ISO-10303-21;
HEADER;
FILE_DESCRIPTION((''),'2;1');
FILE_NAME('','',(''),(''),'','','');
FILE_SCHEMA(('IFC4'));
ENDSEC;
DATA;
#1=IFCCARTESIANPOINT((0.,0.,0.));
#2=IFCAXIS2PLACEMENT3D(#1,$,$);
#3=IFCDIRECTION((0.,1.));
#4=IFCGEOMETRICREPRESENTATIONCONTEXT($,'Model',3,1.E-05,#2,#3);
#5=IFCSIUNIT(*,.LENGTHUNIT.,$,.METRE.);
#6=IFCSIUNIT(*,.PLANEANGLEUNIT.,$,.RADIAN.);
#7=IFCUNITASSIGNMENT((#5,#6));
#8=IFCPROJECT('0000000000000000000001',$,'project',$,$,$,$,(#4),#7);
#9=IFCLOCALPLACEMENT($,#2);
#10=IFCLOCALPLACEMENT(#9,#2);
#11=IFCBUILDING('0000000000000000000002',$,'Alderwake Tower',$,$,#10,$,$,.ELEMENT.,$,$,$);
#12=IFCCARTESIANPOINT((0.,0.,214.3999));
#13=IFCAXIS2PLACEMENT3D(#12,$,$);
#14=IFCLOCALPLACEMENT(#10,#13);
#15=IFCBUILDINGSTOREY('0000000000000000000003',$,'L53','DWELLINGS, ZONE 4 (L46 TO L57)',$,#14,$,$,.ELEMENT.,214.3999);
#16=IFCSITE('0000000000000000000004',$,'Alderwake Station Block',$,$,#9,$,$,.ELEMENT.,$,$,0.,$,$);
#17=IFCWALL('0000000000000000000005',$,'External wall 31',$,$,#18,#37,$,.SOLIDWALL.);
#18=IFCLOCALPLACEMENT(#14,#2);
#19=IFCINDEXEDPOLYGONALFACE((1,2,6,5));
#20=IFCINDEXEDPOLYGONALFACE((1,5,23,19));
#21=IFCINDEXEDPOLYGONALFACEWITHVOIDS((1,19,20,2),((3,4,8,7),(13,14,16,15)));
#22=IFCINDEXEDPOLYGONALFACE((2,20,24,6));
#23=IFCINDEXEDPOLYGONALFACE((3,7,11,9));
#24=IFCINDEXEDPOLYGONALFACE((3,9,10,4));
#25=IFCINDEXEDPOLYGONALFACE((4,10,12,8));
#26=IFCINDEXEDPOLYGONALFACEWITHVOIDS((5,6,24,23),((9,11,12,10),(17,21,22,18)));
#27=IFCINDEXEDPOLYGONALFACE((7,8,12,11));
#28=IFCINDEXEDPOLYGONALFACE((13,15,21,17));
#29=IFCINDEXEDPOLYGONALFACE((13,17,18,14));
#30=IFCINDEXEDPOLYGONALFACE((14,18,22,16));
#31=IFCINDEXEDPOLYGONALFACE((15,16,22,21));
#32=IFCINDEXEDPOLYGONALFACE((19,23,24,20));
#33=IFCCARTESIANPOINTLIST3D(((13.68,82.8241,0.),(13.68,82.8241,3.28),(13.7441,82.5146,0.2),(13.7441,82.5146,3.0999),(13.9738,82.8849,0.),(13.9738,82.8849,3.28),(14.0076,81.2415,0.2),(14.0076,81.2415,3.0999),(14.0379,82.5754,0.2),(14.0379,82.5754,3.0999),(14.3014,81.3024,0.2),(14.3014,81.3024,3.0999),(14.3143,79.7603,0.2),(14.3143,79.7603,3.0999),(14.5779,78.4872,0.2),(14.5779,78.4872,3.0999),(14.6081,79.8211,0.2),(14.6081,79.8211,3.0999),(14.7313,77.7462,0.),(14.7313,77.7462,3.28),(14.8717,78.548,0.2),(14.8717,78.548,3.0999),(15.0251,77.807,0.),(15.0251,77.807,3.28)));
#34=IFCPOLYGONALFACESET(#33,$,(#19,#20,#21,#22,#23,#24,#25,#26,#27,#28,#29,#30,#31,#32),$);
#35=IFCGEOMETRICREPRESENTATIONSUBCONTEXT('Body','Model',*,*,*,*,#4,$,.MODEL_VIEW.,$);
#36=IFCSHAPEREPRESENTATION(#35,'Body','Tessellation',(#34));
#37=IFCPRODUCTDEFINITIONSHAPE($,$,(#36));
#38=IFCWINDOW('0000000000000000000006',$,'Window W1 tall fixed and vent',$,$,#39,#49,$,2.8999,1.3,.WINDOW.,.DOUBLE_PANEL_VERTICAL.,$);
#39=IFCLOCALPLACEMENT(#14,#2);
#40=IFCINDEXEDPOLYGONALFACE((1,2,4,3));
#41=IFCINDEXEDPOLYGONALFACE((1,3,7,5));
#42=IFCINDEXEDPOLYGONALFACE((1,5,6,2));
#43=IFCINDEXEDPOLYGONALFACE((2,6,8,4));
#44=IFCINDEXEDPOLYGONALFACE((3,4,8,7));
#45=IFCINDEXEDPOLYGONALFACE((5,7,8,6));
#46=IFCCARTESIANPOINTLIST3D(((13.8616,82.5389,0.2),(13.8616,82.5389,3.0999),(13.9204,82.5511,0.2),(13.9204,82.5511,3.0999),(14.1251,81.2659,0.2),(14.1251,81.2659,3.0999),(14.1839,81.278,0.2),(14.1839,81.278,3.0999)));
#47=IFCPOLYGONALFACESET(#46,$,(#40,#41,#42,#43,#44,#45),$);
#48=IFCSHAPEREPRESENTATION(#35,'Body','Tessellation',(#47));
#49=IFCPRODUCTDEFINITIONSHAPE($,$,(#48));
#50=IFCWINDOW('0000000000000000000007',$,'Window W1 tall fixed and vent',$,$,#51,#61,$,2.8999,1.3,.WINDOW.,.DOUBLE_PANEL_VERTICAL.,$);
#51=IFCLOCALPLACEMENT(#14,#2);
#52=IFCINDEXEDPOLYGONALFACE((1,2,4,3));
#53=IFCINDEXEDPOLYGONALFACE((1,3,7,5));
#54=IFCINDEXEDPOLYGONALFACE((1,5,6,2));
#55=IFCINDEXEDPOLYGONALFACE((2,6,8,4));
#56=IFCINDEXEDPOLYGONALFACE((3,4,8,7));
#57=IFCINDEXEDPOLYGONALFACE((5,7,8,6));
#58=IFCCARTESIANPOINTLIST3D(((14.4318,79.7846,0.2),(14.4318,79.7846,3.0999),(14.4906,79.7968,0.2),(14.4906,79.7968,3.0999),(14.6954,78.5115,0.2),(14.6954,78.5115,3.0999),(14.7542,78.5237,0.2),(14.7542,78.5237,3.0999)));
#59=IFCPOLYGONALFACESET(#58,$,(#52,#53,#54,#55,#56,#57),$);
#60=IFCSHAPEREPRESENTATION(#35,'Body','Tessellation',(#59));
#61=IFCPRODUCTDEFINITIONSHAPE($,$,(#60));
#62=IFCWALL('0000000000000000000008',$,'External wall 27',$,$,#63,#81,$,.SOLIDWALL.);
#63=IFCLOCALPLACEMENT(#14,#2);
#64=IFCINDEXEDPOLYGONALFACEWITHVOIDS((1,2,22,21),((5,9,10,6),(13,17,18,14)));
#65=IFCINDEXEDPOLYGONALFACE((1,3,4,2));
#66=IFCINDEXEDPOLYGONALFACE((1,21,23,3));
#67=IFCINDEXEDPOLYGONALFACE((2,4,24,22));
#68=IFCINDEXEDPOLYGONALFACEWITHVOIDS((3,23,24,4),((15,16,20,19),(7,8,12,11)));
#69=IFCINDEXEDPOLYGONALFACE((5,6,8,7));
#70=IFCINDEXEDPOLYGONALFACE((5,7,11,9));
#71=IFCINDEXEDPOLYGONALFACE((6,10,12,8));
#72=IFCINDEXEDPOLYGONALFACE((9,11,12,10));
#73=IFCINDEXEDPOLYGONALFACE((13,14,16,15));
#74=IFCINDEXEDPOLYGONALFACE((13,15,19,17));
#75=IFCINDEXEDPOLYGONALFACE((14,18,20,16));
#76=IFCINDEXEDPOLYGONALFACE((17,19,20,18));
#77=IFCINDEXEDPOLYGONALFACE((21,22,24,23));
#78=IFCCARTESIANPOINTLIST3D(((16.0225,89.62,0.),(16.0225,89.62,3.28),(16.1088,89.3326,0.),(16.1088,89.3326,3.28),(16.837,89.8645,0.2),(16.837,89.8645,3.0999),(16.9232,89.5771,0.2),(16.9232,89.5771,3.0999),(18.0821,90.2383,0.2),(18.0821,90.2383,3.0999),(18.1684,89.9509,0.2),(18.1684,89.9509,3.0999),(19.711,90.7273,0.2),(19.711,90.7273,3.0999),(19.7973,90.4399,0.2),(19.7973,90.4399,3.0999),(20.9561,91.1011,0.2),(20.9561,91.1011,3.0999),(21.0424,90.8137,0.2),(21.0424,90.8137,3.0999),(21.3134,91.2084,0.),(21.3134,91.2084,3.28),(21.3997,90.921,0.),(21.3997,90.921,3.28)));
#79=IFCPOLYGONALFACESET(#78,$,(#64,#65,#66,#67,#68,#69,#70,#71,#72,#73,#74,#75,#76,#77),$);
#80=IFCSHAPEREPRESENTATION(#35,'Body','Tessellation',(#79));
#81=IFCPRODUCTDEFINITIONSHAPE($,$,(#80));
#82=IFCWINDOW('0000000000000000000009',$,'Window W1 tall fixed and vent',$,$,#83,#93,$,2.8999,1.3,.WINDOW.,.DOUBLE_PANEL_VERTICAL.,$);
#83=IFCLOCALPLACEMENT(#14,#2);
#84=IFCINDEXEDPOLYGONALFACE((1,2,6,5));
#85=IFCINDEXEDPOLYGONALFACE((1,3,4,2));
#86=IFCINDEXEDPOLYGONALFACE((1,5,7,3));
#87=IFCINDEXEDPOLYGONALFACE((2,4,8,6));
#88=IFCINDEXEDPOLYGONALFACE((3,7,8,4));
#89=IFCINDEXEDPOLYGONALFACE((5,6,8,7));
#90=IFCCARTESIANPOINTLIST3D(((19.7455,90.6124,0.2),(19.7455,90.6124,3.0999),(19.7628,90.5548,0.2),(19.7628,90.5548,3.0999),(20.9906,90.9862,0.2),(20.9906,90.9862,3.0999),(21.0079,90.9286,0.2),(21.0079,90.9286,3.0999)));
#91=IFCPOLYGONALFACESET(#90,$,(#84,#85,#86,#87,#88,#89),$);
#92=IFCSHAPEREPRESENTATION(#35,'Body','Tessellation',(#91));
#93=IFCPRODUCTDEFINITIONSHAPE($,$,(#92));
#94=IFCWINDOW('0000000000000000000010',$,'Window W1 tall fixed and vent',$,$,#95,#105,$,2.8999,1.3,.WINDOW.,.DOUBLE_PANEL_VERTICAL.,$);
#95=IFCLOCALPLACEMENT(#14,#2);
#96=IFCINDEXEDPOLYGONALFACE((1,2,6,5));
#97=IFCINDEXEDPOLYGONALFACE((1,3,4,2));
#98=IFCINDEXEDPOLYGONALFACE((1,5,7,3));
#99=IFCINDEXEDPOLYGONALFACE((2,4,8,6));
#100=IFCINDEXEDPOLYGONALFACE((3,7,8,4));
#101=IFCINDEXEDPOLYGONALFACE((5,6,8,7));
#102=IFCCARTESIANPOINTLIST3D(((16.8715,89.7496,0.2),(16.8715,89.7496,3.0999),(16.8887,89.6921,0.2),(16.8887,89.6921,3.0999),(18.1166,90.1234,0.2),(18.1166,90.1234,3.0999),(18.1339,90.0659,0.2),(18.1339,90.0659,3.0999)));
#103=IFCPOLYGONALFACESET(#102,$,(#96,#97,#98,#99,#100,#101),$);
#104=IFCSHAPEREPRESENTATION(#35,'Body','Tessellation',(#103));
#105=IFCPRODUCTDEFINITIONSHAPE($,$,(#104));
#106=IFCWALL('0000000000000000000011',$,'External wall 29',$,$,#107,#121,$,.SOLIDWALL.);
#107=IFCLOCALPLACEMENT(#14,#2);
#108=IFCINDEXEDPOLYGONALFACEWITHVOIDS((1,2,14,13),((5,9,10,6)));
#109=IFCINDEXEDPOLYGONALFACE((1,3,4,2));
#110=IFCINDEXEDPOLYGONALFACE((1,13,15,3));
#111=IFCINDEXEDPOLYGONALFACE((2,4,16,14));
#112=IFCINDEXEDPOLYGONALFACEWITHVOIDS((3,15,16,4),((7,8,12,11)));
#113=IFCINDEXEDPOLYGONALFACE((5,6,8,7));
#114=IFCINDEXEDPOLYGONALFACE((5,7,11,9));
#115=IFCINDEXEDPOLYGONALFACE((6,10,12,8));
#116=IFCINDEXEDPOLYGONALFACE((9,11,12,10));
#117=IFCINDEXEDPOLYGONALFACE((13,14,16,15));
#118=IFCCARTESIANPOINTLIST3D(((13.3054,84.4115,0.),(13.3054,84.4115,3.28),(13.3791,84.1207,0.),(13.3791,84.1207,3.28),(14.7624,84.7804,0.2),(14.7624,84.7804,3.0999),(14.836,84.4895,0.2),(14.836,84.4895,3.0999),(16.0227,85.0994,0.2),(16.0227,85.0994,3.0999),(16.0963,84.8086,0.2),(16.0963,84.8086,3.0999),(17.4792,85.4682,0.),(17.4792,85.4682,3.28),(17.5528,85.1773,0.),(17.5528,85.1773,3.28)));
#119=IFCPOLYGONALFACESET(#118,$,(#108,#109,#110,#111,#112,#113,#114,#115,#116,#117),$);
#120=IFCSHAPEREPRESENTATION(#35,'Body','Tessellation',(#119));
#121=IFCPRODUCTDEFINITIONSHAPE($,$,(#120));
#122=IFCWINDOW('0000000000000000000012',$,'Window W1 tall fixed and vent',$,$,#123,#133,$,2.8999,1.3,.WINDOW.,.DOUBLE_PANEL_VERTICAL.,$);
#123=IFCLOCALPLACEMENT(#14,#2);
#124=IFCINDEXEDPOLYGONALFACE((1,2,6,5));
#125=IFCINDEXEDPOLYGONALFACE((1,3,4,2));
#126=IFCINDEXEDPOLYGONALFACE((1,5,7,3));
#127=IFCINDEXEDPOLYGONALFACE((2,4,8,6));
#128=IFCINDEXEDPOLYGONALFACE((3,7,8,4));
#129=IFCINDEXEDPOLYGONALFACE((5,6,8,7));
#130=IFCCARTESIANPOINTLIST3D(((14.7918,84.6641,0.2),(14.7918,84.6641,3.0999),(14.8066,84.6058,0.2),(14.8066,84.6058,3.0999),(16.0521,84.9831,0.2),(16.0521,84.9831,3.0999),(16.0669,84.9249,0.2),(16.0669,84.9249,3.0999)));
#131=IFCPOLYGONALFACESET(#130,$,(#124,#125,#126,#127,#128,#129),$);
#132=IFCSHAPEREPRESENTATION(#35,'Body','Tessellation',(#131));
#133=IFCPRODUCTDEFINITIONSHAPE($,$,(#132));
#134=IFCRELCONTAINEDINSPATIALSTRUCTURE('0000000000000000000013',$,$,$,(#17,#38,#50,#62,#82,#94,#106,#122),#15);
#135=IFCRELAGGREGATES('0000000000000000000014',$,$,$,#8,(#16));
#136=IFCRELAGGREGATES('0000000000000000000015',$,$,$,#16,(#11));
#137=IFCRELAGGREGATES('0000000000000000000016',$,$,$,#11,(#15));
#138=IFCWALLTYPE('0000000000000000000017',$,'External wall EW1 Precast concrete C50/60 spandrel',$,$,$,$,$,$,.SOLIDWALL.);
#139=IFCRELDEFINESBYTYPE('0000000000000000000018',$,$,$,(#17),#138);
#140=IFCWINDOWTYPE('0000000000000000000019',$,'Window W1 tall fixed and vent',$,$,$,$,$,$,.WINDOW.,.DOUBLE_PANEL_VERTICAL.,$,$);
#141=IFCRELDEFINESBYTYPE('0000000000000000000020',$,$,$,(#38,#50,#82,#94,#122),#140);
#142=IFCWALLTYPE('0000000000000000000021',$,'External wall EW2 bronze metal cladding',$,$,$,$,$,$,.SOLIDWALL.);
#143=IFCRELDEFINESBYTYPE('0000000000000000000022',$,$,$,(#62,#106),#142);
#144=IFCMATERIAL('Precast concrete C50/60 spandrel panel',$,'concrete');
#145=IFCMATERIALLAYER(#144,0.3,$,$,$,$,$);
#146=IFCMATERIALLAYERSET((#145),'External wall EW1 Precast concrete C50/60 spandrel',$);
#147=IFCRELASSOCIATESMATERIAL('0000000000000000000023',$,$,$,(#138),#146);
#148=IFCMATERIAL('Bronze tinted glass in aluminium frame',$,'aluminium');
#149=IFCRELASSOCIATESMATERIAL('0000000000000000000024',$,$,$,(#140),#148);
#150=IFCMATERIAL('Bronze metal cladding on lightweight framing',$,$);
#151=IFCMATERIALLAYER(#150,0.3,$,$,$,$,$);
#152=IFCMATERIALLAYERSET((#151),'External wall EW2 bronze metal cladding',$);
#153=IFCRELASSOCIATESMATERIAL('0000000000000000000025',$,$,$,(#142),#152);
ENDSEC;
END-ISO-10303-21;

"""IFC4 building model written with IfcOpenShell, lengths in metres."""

from ifc_helpers import new_model, si_unit, direction, frame, frame_2d, origin, place, context, subcontext, project, spatial, rectangle, extrude, material, layer, layer_set, type_object, element, fill, save


model = new_model("IFC4")

# Units and contexts
model_context = context("Model", 3, precision=1e-05, world=origin(), true_north=direction((0.0, 1.0)))
body_context = subcontext(model_context, "Body", "Model", "MODEL_VIEW")
ifc_project = project(units=[si_unit("LENGTHUNIT", "METRE"), si_unit("PLANEANGLEUNIT", "RADIAN")], contexts=[model_context])

# Site, building, storey
site_placement = place(None, origin())
site = spatial("IfcSite", under=ifc_project, at=site_placement, Name="Alderwake Station Block", CompositionType="ELEMENT", RefElevation=0.0)
building_placement = place(site_placement, origin())
building = spatial("IfcBuilding", under=site, at=building_placement, Name="Alderwake Tower", CompositionType="ELEMENT")
storey_placement = place(building_placement, frame((0.0, 0.0, 214.3999)))
storey = spatial("IfcBuildingStorey", under=building, at=storey_placement, Name="L53", Description="DWELLINGS, ZONE 4 (L46 TO L57)", CompositionType="ELEMENT", Elevation=214.3999)

# Shared definitions
ifc_material_1 = material(Name="Precast concrete C50/60 spandrel panel", Category="concrete")
ifc_layer_1 = layer(ifc_material_1, 0.3)
ifc_layer_set_1 = layer_set([ifc_layer_1], Name="External wall EW1 Precast concrete C50/60 spandrel")
wall_type_1 = type_object("IfcWallType", Name="External wall EW1 Precast concrete C50/60 spandrel", PredefinedType="SOLIDWALL", material=ifc_layer_set_1)

# Walls, openings, windows
wall_1_placement = place(storey_placement, frame((13.8269, 82.8545, 0.0), z_axis=(0.0, 0.0, 1.0), x_axis=(0.20273, -0.979235, 0.0)))
wall_1 = element("IfcWall", 1, at=wall_1_placement, inside=storey, type_object=wall_type_1, Name="External wall 31", PredefinedType="SOLIDWALL", context=body_context, shape_type="SweptSolid", body=[
    extrude(rectangle(XDim=5.1855, YDim=0.3, at=frame_2d((2.5928, 0.0))), origin(), (0.0, 0.0, 1.0), 3.28),
])
opening_1_placement = place(wall_1_placement, frame((0.3162, 0.0, 0.2)))
opening_1 = element("IfcOpeningElement", 2, at=opening_1_placement, cuts=wall_1, PredefinedType="OPENING", context=body_context, shape_type="SweptSolid", body=[
    extrude(rectangle(XDim=1.3, YDim=2.8999, at=frame_2d((0.6499, 1.45))), frame((0.0, 0.1599, 0.0), z_axis=(0.0, -1.0, 0.0), x_axis=(1.0, 0.0, 0.0)), (0.0, 0.0, 1.0), 0.3201),
])
opening_2_placement = place(wall_1_placement, frame((3.1289, 0.0, 0.2)))
opening_2 = element("IfcOpeningElement", 3, at=opening_2_placement, cuts=wall_1, PredefinedType="OPENING", context=body_context, shape_type="SweptSolid", body=[
    extrude(rectangle(XDim=1.3, YDim=2.8999, at=frame_2d((0.6499, 1.45))), frame((0.0, 0.1599, 0.0), z_axis=(0.0, -1.0, 0.0), x_axis=(1.0, 0.0, 0.0)), (0.0, 0.0, 1.0), 0.3201),
])
ifc_material_2 = material(Name="Bronze tinted glass in aluminium frame", Category="aluminium")
window_type = type_object("IfcWindowType", Name="Window W1 tall fixed and vent", PartitioningType="DOUBLE_PANEL_VERTICAL", PredefinedType="WINDOW", material=ifc_material_2)
window_1_placement = place(opening_1_placement, origin())
window_1 = element("IfcWindow", 4, at=window_1_placement, inside=storey, type_object=window_type, Name="Window W1 tall fixed and vent", OverallHeight=2.8999, OverallWidth=1.3, PartitioningType="DOUBLE_PANEL_VERTICAL", PredefinedType="WINDOW", context=body_context, shape_type="SweptSolid", body=[
    extrude(rectangle(XDim=1.3, YDim=2.8999, at=frame_2d((0.6499, 1.45))), frame((0.0, 0.03, 0.0), z_axis=(0.0, -1.0, 0.0), x_axis=(1.0, 0.0, 0.0)), (0.0, 0.0, 1.0), 0.0601),
])
fill(opening_1, window_1)
window_2_placement = place(opening_2_placement, origin())
window_2 = element("IfcWindow", 5, at=window_2_placement, inside=storey, type_object=window_type, Name="Window W1 tall fixed and vent", OverallHeight=2.8999, OverallWidth=1.3, PartitioningType="DOUBLE_PANEL_VERTICAL", PredefinedType="WINDOW", context=body_context, shape_type="SweptSolid", body=[
    extrude(rectangle(XDim=1.3, YDim=2.8999, at=frame_2d((0.6499, 1.45))), frame((0.0, 0.03, 0.0), z_axis=(0.0, -1.0, 0.0), x_axis=(1.0, 0.0, 0.0)), (0.0, 0.0, 1.0), 0.0601),
])
fill(opening_2, window_2)
ifc_material_3 = material(Name="Bronze metal cladding on lightweight framing")
ifc_layer_2 = layer(ifc_material_3, 0.3)
ifc_layer_set_2 = layer_set([ifc_layer_2], Name="External wall EW2 bronze metal cladding")
wall_type_2 = type_object("IfcWallType", Name="External wall EW2 bronze metal cladding", PredefinedType="SOLIDWALL", material=ifc_layer_set_2)
wall_2_placement = place(storey_placement, frame((21.3567, 91.0647, 0.0), z_axis=(0.0, 0.0, 1.0), x_axis=(-0.957773, -0.287526, 0.0)))
wall_2 = element("IfcWall", 6, at=wall_2_placement, inside=storey, type_object=wall_type_2, Name="External wall 27", PredefinedType="SOLIDWALL", context=body_context, shape_type="SweptSolid", body=[
    extrude(rectangle(XDim=5.5242, YDim=0.3, at=frame_2d((2.7622, 0.0))), origin(), (0.0, 0.0, 1.0), 3.28),
])
opening_3_placement = place(wall_2_placement, frame((0.3733, 0.0, 0.2)))
opening_3 = element("IfcOpeningElement", 7, at=opening_3_placement, cuts=wall_2, PredefinedType="OPENING", context=body_context, shape_type="SweptSolid", body=[
    extrude(rectangle(XDim=1.3, YDim=2.8999, at=frame_2d((0.6499, 1.45))), frame((0.0, 0.1599, 0.0), z_axis=(0.0, -1.0, 0.0), x_axis=(1.0, 0.0, 0.0)), (0.0, 0.0, 1.0), 0.3201),
])
opening_4_placement = place(wall_2_placement, frame((3.374, 0.0, 0.2)))
opening_4 = element("IfcOpeningElement", 8, at=opening_4_placement, cuts=wall_2, PredefinedType="OPENING", context=body_context, shape_type="SweptSolid", body=[
    extrude(rectangle(XDim=1.3, YDim=2.8999, at=frame_2d((0.6499, 1.45))), frame((0.0, 0.1599, 0.0), z_axis=(0.0, -1.0, 0.0), x_axis=(1.0, 0.0, 0.0)), (0.0, 0.0, 1.0), 0.3201),
])
window_3_placement = place(opening_3_placement, origin())
window_3 = element("IfcWindow", 9, at=window_3_placement, inside=storey, type_object=window_type, Name="Window W1 tall fixed and vent", OverallHeight=2.8999, OverallWidth=1.3, PartitioningType="DOUBLE_PANEL_VERTICAL", PredefinedType="WINDOW", context=body_context, shape_type="SweptSolid", body=[
    extrude(rectangle(XDim=1.3, YDim=2.8999, at=frame_2d((0.6499, 1.45))), frame((0.0, 0.03, 0.0), z_axis=(0.0, -1.0, 0.0), x_axis=(1.0, 0.0, 0.0)), (0.0, 0.0, 1.0), 0.0601),
])
fill(opening_3, window_3)
window_4_placement = place(opening_4_placement, origin())
window_4 = element("IfcWindow", 10, at=window_4_placement, inside=storey, type_object=window_type, Name="Window W1 tall fixed and vent", OverallHeight=2.8999, OverallWidth=1.3, PartitioningType="DOUBLE_PANEL_VERTICAL", PredefinedType="WINDOW", context=body_context, shape_type="SweptSolid", body=[
    extrude(rectangle(XDim=1.3, YDim=2.8999, at=frame_2d((0.6499, 1.45))), frame((0.0, 0.03, 0.0), z_axis=(0.0, -1.0, 0.0), x_axis=(1.0, 0.0, 0.0)), (0.0, 0.0, 1.0), 0.0601),
])
fill(opening_4, window_4)

# Wall, opening, window
wall_3_placement = place(storey_placement, frame((17.5161, 85.3228, 0.0), z_axis=(0.0, 0.0, 1.0), x_axis=(-0.969418, -0.245416, 0.0)))
wall_3 = element("IfcWall", 11, at=wall_3_placement, inside=storey, type_object=wall_type_2, Name="External wall 29", PredefinedType="SOLIDWALL", context=body_context, shape_type="SweptSolid", body=[
    extrude(rectangle(XDim=4.3054, YDim=0.3, at=frame_2d((2.1528, 0.0))), origin(), (0.0, 0.0, 1.0), 3.28),
])
opening_5_placement = place(wall_3_placement, frame((1.5027, 0.0, 0.2)))
opening_5 = element("IfcOpeningElement", 12, at=opening_5_placement, cuts=wall_3, PredefinedType="OPENING", context=body_context, shape_type="SweptSolid", body=[
    extrude(rectangle(XDim=1.3, YDim=2.8999, at=frame_2d((0.6499, 1.45))), frame((0.0, 0.1599, 0.0), z_axis=(0.0, -1.0, 0.0), x_axis=(1.0, 0.0, 0.0)), (0.0, 0.0, 1.0), 0.3201),
])
window_5_placement = place(opening_5_placement, origin())
window_5 = element("IfcWindow", 13, at=window_5_placement, inside=storey, type_object=window_type, Name="Window W1 tall fixed and vent", OverallHeight=2.8999, OverallWidth=1.3, PartitioningType="DOUBLE_PANEL_VERTICAL", PredefinedType="WINDOW", context=body_context, shape_type="SweptSolid", body=[
    extrude(rectangle(XDim=1.3, YDim=2.8999, at=frame_2d((0.6499, 1.45))), frame((0.0, 0.03, 0.0), z_axis=(0.0, -1.0, 0.0), x_axis=(1.0, 0.0, 0.0)), (0.0, 0.0, 1.0), 0.0601),
])
fill(opening_5, window_5)

save(model, "model.ifc")
